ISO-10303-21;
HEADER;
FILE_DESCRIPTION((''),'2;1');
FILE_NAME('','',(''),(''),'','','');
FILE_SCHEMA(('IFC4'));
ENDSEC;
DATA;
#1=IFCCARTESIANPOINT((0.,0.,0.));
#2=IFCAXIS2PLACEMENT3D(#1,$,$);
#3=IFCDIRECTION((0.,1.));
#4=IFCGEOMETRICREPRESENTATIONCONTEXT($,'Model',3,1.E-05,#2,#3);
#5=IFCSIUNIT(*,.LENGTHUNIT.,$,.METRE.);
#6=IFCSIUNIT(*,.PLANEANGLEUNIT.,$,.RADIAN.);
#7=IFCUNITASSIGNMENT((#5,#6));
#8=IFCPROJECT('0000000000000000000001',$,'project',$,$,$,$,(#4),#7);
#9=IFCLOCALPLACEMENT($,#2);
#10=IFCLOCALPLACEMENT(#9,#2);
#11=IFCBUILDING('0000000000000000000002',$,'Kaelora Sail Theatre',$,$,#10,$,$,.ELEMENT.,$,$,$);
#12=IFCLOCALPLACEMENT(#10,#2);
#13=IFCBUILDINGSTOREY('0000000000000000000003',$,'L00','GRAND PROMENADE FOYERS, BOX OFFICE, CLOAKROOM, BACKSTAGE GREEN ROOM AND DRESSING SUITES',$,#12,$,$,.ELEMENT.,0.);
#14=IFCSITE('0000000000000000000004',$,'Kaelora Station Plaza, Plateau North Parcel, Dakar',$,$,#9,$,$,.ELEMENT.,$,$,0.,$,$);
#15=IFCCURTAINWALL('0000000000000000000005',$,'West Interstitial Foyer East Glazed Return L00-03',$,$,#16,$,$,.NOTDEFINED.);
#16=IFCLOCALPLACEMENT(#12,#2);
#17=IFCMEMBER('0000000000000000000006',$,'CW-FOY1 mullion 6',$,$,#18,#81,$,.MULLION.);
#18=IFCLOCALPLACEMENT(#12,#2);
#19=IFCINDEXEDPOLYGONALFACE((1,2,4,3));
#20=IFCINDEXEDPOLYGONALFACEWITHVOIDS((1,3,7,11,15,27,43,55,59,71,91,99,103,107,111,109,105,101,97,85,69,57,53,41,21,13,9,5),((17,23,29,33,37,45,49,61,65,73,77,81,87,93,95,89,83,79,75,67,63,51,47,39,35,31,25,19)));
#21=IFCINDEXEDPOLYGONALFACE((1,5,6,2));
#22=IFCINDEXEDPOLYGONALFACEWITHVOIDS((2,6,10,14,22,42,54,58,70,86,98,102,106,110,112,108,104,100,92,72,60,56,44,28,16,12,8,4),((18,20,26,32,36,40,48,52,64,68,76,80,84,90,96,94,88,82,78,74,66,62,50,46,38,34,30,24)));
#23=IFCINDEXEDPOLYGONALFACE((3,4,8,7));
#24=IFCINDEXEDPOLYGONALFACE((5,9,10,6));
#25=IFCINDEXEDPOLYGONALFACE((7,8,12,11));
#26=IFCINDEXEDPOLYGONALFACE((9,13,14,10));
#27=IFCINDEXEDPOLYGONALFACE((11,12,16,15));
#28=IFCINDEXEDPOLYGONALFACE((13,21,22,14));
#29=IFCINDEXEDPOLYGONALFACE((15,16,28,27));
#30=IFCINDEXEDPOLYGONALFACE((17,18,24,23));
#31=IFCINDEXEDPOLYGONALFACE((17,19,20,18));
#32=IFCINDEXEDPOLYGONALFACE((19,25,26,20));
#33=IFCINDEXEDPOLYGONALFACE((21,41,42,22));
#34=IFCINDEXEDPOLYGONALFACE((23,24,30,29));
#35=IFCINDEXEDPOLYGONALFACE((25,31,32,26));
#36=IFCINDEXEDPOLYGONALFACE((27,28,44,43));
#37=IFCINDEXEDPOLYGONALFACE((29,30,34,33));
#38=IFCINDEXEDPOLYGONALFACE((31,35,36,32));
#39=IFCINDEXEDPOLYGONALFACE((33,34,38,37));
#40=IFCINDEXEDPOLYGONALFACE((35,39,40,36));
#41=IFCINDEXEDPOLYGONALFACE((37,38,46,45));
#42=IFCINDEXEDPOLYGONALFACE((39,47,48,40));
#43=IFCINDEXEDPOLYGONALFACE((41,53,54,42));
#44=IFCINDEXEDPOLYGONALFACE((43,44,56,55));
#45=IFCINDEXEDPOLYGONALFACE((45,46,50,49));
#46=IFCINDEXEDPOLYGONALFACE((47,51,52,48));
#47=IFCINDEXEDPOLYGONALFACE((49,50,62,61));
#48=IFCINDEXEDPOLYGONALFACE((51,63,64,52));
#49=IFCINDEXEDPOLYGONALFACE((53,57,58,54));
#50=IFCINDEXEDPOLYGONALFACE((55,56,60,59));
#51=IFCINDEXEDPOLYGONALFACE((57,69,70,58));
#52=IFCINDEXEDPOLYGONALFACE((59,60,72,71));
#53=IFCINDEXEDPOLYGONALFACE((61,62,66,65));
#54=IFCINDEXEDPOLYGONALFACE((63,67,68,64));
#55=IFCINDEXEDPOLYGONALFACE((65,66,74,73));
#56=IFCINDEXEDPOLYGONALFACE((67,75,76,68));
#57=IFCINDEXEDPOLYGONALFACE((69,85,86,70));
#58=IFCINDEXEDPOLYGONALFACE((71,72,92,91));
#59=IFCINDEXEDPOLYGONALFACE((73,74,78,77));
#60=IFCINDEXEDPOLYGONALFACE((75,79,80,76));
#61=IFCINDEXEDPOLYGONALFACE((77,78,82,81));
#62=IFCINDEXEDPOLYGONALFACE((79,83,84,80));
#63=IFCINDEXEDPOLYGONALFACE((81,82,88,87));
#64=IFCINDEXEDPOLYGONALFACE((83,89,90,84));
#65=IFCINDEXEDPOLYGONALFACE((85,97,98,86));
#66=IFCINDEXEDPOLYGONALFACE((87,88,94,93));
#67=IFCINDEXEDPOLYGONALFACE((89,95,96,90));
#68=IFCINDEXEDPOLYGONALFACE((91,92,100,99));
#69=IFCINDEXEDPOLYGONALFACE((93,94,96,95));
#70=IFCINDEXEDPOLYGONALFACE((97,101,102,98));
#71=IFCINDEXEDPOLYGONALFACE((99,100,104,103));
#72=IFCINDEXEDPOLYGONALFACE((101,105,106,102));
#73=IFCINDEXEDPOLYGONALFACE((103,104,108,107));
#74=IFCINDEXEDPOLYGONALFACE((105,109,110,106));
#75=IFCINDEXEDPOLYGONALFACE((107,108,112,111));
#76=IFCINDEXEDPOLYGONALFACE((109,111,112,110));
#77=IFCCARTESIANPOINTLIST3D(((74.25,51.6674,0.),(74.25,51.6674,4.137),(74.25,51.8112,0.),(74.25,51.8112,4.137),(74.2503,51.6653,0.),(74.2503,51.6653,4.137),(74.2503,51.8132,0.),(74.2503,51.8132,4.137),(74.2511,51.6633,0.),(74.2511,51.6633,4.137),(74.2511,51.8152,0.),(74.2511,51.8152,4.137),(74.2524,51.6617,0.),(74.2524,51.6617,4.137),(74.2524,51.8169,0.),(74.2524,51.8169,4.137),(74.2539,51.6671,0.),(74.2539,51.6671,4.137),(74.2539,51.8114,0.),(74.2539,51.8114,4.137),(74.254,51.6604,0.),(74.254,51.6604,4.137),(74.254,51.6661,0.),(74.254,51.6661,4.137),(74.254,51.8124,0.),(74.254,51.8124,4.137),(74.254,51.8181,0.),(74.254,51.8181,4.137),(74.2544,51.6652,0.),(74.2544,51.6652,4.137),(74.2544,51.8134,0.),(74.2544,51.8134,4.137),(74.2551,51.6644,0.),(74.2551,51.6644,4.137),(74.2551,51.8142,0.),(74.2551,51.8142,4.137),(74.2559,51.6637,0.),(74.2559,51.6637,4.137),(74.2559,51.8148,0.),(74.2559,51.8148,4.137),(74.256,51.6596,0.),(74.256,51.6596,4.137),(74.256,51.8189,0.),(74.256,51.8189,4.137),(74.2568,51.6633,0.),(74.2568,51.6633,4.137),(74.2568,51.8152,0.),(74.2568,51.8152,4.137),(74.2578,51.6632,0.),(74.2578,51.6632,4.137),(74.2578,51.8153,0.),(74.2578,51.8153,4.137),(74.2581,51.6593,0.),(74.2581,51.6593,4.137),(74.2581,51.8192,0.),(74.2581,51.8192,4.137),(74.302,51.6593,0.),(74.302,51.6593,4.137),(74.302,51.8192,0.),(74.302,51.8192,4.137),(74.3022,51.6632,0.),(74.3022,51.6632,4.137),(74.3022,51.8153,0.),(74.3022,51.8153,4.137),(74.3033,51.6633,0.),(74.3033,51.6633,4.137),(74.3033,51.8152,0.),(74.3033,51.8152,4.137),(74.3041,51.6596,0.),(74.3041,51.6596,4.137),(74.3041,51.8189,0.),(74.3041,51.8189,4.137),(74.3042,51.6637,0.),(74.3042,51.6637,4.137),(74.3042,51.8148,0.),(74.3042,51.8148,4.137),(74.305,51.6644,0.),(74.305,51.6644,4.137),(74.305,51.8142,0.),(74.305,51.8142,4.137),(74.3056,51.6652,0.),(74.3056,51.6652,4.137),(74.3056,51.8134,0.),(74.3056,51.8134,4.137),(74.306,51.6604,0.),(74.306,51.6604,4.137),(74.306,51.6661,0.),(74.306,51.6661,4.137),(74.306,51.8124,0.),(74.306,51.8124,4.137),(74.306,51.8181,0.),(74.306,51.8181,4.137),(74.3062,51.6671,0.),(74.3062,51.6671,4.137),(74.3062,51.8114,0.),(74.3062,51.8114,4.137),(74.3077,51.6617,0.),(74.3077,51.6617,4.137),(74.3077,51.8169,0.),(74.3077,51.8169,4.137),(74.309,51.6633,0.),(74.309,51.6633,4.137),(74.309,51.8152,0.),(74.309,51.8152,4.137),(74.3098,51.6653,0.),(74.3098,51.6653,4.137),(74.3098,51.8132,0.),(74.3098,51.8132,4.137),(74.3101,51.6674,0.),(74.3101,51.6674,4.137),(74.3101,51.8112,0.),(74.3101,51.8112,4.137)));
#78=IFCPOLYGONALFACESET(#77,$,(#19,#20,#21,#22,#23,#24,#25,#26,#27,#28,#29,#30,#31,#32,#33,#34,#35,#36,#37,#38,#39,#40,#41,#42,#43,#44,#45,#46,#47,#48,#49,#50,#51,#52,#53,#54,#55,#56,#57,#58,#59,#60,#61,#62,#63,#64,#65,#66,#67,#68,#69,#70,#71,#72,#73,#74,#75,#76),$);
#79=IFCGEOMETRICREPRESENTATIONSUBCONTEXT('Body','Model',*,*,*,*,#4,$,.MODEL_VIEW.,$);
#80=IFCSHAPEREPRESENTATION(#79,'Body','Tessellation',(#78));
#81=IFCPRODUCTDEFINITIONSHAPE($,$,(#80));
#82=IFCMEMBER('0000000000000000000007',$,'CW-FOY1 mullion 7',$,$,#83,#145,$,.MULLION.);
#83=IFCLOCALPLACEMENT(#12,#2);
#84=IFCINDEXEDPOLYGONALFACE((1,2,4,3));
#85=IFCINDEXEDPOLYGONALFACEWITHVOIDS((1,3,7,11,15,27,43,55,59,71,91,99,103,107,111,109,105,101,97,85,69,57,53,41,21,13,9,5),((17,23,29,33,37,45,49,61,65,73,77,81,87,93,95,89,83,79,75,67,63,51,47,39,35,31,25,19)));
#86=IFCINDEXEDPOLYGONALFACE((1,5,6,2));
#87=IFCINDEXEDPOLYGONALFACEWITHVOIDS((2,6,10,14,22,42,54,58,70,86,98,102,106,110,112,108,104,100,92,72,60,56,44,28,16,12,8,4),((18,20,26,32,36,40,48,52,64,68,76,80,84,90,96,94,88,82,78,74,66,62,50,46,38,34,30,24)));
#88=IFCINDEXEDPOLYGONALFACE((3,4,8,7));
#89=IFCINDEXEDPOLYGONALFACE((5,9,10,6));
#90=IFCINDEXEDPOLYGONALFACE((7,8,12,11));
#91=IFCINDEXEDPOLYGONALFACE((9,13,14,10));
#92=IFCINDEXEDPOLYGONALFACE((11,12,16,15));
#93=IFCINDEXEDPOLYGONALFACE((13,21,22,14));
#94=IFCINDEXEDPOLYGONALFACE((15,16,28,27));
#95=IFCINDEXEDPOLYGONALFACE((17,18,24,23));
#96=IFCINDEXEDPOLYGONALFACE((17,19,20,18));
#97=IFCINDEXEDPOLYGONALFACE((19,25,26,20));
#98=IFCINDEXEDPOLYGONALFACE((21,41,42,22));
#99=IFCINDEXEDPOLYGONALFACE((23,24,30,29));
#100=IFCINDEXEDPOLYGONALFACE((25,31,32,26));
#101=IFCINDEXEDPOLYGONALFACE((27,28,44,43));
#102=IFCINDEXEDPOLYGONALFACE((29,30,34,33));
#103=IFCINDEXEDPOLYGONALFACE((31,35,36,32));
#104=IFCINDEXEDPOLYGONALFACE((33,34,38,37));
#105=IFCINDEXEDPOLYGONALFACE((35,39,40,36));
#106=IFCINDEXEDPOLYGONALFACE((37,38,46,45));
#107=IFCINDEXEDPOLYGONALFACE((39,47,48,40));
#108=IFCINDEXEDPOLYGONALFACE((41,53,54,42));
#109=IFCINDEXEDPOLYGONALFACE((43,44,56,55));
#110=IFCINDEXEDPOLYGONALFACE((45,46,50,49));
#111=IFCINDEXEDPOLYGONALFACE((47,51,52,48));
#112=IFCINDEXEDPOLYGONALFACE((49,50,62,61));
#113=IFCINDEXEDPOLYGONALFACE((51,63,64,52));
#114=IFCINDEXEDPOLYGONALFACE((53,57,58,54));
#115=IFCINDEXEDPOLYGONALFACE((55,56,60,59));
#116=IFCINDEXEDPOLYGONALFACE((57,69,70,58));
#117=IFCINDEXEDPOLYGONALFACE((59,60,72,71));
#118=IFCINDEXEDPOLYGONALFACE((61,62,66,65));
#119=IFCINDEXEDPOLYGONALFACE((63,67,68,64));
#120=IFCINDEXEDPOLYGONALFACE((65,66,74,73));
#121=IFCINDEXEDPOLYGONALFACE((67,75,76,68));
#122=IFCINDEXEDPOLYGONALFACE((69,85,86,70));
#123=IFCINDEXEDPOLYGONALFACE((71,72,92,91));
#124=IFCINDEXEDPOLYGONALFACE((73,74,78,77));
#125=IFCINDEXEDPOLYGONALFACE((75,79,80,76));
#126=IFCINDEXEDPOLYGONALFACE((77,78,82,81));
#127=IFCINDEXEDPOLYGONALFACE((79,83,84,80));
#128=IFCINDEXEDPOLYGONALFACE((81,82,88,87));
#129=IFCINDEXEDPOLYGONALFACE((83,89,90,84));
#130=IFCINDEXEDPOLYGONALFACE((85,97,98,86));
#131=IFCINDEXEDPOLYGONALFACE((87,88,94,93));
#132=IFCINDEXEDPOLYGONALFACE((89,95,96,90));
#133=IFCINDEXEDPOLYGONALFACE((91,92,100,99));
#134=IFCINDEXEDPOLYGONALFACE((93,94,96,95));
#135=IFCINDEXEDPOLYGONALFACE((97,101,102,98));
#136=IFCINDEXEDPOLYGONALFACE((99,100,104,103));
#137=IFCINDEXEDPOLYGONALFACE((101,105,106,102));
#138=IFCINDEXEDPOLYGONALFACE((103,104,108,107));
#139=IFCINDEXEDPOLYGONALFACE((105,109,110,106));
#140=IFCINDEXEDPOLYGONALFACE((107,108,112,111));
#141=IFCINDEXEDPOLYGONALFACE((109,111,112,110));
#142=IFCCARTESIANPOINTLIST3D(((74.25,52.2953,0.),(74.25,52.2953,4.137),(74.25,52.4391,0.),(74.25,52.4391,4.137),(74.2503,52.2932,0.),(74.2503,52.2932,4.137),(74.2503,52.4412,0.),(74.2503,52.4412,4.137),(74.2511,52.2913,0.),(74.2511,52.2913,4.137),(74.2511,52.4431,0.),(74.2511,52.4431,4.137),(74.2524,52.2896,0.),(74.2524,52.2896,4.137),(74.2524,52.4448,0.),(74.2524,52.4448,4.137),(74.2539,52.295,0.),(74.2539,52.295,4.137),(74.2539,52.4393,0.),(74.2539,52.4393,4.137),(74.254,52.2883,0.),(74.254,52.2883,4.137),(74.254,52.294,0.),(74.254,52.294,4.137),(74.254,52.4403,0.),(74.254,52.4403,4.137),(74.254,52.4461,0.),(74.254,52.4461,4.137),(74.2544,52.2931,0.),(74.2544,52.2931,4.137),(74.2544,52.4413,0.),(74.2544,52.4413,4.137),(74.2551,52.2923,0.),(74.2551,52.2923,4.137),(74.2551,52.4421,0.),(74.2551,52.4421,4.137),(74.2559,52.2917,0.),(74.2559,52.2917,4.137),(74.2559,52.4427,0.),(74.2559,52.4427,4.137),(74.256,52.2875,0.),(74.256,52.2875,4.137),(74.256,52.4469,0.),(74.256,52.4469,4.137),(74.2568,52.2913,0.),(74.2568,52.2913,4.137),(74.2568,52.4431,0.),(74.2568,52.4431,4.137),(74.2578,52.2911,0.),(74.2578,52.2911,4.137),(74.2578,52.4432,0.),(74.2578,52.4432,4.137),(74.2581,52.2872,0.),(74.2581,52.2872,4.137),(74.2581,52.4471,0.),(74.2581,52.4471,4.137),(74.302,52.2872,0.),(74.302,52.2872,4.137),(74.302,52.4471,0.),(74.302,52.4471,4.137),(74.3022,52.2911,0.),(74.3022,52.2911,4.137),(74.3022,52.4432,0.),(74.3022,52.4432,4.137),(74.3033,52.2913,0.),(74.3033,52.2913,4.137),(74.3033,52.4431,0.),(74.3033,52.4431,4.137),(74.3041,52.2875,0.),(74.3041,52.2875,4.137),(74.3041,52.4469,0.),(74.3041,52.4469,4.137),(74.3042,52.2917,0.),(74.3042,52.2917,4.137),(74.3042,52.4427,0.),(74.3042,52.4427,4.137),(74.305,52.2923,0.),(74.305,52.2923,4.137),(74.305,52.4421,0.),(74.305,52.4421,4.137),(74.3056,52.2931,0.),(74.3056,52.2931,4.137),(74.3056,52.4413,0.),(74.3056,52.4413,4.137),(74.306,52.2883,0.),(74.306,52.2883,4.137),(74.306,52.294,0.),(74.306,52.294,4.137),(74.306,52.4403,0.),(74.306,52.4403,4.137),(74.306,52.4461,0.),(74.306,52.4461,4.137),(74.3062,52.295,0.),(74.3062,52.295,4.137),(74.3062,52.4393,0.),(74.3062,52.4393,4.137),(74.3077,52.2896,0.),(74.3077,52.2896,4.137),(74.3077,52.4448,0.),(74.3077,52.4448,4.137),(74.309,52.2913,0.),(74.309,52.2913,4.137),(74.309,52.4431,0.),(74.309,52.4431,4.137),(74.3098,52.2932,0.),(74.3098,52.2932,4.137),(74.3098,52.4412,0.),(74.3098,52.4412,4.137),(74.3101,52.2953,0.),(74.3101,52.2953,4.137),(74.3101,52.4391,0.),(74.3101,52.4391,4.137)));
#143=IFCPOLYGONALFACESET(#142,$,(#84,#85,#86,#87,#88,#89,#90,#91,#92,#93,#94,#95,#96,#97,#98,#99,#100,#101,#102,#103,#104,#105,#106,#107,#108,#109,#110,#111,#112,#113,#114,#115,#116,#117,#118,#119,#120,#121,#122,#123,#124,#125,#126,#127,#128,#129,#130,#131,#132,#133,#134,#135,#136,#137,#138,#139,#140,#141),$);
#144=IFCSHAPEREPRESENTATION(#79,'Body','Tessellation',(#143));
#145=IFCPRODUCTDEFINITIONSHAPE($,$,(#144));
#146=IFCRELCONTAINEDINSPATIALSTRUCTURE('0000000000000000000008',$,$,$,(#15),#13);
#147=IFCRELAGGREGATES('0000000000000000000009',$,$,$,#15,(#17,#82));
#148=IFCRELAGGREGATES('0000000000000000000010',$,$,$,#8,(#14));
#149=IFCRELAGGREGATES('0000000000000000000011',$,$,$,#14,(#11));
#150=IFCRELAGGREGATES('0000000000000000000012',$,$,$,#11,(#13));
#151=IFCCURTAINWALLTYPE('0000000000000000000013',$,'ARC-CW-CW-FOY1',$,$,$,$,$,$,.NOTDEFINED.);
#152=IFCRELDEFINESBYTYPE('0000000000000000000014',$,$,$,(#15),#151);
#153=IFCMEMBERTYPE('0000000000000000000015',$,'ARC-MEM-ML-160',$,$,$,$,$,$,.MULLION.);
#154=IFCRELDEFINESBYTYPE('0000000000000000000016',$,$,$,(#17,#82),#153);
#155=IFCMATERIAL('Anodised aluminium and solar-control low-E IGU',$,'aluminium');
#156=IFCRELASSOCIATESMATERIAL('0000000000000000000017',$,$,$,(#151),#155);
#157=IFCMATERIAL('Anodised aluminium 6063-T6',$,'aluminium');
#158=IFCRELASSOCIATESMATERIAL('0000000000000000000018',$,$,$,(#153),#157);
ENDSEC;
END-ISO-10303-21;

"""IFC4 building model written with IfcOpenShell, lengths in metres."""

from ifc_helpers import new_model, si_unit, direction, frame, origin, origin_2d, place, context, subcontext, project, spatial, hollow_rectangle, extrude, material, material_profile, profile_set, type_object, element, aggregate, save


model = new_model("IFC4")

# Units and contexts
model_context = context("Model", 3, precision=1e-05, world=origin(), true_north=direction((0.0, 1.0)))
body_context = subcontext(model_context, "Body", "Model", "MODEL_VIEW")
ifc_project = project(units=[si_unit("LENGTHUNIT", "METRE"), si_unit("PLANEANGLEUNIT", "RADIAN")], contexts=[model_context])

# Site, building, storey
site_placement = place(None, origin())
site = spatial("IfcSite", under=ifc_project, at=site_placement, Name="Kaelora Station Plaza, Plateau North Parcel, Dakar", CompositionType="ELEMENT", RefElevation=0.0)
building_placement = place(site_placement, origin())
building = spatial("IfcBuilding", under=site, at=building_placement, Name="Kaelora Sail Theatre", CompositionType="ELEMENT")
storey_placement = place(building_placement, origin())
storey = spatial("IfcBuildingStorey", under=building, at=storey_placement, Name="L00", Description="GRAND PROMENADE FOYERS, BOX OFFICE, CLOAKROOM, BACKSTAGE GREEN ROOM AND DRESSING SUITES", CompositionType="ELEMENT", Elevation=0.0)

# Curtain wall, members
ifc_material_1 = material(Name="Anodised aluminium and solar-control low-E IGU", Category="aluminium")
curtain_wall_type = type_object("IfcCurtainWallType", Name="ARC-CW-CW-FOY1", PredefinedType="NOTDEFINED", material=ifc_material_1)
curtain_wall_placement = place(storey_placement, origin())
curtain_wall = element("IfcCurtainWall", 1, at=curtain_wall_placement, inside=storey, type_object=curtain_wall_type, Name="West Interstitial Foyer East Glazed Return L00-03", PredefinedType="NOTDEFINED")
ifc_material_2 = material(Name="Anodised aluminium 6063-T6", Category="aluminium")
ifc_material_profile_1 = material_profile(ifc_material_2, hollow_rectangle(XDim=0.0601, YDim=0.1599, WallThickness=0.0039, InnerFilletRadius=0.0039, OuterFilletRadius=0.0081, at=origin_2d()), Name="ALU-MULL 60x160x4")
ifc_profile_set_1 = profile_set([ifc_material_profile_1], Name="Anodised aluminium 6063-T6")
member_type_1 = type_object("IfcMemberType", Name="ARC-MEM-ML-160", PredefinedType="MULLION", material=ifc_profile_set_1)
member_1_placement = place(storey_placement, frame((74.28, 51.7393, 0.0), z_axis=(0.0, 0.0, 1.0), x_axis=(-1.0, 0.0, 0.0)))
member_1 = element("IfcMember", 2, at=member_1_placement, type_object=member_type_1, Name="CW-FOY1 mullion 6", PredefinedType="MULLION", context=body_context, shape_type="SweptSolid", body=[
    extrude(hollow_rectangle(XDim=0.0601, YDim=0.1599, WallThickness=0.0039, InnerFilletRadius=0.0039, OuterFilletRadius=0.0081, at=origin_2d()), origin(), (0.0, 0.0, 1.0), 4.137),
])
member_2_placement = place(storey_placement, frame((74.28, 52.3672, 0.0), z_axis=(0.0, 0.0, 1.0), x_axis=(-1.0, 0.0, 0.0)))
member_2 = element("IfcMember", 3, at=member_2_placement, type_object=member_type_1, Name="CW-FOY1 mullion 7", PredefinedType="MULLION", context=body_context, shape_type="SweptSolid", body=[
    extrude(hollow_rectangle(XDim=0.0601, YDim=0.1599, WallThickness=0.0039, InnerFilletRadius=0.0039, OuterFilletRadius=0.0081, at=origin_2d()), origin(), (0.0, 0.0, 1.0), 4.137),
])

aggregate(curtain_wall, [member_1, member_2])

save(model, "model.ifc")
